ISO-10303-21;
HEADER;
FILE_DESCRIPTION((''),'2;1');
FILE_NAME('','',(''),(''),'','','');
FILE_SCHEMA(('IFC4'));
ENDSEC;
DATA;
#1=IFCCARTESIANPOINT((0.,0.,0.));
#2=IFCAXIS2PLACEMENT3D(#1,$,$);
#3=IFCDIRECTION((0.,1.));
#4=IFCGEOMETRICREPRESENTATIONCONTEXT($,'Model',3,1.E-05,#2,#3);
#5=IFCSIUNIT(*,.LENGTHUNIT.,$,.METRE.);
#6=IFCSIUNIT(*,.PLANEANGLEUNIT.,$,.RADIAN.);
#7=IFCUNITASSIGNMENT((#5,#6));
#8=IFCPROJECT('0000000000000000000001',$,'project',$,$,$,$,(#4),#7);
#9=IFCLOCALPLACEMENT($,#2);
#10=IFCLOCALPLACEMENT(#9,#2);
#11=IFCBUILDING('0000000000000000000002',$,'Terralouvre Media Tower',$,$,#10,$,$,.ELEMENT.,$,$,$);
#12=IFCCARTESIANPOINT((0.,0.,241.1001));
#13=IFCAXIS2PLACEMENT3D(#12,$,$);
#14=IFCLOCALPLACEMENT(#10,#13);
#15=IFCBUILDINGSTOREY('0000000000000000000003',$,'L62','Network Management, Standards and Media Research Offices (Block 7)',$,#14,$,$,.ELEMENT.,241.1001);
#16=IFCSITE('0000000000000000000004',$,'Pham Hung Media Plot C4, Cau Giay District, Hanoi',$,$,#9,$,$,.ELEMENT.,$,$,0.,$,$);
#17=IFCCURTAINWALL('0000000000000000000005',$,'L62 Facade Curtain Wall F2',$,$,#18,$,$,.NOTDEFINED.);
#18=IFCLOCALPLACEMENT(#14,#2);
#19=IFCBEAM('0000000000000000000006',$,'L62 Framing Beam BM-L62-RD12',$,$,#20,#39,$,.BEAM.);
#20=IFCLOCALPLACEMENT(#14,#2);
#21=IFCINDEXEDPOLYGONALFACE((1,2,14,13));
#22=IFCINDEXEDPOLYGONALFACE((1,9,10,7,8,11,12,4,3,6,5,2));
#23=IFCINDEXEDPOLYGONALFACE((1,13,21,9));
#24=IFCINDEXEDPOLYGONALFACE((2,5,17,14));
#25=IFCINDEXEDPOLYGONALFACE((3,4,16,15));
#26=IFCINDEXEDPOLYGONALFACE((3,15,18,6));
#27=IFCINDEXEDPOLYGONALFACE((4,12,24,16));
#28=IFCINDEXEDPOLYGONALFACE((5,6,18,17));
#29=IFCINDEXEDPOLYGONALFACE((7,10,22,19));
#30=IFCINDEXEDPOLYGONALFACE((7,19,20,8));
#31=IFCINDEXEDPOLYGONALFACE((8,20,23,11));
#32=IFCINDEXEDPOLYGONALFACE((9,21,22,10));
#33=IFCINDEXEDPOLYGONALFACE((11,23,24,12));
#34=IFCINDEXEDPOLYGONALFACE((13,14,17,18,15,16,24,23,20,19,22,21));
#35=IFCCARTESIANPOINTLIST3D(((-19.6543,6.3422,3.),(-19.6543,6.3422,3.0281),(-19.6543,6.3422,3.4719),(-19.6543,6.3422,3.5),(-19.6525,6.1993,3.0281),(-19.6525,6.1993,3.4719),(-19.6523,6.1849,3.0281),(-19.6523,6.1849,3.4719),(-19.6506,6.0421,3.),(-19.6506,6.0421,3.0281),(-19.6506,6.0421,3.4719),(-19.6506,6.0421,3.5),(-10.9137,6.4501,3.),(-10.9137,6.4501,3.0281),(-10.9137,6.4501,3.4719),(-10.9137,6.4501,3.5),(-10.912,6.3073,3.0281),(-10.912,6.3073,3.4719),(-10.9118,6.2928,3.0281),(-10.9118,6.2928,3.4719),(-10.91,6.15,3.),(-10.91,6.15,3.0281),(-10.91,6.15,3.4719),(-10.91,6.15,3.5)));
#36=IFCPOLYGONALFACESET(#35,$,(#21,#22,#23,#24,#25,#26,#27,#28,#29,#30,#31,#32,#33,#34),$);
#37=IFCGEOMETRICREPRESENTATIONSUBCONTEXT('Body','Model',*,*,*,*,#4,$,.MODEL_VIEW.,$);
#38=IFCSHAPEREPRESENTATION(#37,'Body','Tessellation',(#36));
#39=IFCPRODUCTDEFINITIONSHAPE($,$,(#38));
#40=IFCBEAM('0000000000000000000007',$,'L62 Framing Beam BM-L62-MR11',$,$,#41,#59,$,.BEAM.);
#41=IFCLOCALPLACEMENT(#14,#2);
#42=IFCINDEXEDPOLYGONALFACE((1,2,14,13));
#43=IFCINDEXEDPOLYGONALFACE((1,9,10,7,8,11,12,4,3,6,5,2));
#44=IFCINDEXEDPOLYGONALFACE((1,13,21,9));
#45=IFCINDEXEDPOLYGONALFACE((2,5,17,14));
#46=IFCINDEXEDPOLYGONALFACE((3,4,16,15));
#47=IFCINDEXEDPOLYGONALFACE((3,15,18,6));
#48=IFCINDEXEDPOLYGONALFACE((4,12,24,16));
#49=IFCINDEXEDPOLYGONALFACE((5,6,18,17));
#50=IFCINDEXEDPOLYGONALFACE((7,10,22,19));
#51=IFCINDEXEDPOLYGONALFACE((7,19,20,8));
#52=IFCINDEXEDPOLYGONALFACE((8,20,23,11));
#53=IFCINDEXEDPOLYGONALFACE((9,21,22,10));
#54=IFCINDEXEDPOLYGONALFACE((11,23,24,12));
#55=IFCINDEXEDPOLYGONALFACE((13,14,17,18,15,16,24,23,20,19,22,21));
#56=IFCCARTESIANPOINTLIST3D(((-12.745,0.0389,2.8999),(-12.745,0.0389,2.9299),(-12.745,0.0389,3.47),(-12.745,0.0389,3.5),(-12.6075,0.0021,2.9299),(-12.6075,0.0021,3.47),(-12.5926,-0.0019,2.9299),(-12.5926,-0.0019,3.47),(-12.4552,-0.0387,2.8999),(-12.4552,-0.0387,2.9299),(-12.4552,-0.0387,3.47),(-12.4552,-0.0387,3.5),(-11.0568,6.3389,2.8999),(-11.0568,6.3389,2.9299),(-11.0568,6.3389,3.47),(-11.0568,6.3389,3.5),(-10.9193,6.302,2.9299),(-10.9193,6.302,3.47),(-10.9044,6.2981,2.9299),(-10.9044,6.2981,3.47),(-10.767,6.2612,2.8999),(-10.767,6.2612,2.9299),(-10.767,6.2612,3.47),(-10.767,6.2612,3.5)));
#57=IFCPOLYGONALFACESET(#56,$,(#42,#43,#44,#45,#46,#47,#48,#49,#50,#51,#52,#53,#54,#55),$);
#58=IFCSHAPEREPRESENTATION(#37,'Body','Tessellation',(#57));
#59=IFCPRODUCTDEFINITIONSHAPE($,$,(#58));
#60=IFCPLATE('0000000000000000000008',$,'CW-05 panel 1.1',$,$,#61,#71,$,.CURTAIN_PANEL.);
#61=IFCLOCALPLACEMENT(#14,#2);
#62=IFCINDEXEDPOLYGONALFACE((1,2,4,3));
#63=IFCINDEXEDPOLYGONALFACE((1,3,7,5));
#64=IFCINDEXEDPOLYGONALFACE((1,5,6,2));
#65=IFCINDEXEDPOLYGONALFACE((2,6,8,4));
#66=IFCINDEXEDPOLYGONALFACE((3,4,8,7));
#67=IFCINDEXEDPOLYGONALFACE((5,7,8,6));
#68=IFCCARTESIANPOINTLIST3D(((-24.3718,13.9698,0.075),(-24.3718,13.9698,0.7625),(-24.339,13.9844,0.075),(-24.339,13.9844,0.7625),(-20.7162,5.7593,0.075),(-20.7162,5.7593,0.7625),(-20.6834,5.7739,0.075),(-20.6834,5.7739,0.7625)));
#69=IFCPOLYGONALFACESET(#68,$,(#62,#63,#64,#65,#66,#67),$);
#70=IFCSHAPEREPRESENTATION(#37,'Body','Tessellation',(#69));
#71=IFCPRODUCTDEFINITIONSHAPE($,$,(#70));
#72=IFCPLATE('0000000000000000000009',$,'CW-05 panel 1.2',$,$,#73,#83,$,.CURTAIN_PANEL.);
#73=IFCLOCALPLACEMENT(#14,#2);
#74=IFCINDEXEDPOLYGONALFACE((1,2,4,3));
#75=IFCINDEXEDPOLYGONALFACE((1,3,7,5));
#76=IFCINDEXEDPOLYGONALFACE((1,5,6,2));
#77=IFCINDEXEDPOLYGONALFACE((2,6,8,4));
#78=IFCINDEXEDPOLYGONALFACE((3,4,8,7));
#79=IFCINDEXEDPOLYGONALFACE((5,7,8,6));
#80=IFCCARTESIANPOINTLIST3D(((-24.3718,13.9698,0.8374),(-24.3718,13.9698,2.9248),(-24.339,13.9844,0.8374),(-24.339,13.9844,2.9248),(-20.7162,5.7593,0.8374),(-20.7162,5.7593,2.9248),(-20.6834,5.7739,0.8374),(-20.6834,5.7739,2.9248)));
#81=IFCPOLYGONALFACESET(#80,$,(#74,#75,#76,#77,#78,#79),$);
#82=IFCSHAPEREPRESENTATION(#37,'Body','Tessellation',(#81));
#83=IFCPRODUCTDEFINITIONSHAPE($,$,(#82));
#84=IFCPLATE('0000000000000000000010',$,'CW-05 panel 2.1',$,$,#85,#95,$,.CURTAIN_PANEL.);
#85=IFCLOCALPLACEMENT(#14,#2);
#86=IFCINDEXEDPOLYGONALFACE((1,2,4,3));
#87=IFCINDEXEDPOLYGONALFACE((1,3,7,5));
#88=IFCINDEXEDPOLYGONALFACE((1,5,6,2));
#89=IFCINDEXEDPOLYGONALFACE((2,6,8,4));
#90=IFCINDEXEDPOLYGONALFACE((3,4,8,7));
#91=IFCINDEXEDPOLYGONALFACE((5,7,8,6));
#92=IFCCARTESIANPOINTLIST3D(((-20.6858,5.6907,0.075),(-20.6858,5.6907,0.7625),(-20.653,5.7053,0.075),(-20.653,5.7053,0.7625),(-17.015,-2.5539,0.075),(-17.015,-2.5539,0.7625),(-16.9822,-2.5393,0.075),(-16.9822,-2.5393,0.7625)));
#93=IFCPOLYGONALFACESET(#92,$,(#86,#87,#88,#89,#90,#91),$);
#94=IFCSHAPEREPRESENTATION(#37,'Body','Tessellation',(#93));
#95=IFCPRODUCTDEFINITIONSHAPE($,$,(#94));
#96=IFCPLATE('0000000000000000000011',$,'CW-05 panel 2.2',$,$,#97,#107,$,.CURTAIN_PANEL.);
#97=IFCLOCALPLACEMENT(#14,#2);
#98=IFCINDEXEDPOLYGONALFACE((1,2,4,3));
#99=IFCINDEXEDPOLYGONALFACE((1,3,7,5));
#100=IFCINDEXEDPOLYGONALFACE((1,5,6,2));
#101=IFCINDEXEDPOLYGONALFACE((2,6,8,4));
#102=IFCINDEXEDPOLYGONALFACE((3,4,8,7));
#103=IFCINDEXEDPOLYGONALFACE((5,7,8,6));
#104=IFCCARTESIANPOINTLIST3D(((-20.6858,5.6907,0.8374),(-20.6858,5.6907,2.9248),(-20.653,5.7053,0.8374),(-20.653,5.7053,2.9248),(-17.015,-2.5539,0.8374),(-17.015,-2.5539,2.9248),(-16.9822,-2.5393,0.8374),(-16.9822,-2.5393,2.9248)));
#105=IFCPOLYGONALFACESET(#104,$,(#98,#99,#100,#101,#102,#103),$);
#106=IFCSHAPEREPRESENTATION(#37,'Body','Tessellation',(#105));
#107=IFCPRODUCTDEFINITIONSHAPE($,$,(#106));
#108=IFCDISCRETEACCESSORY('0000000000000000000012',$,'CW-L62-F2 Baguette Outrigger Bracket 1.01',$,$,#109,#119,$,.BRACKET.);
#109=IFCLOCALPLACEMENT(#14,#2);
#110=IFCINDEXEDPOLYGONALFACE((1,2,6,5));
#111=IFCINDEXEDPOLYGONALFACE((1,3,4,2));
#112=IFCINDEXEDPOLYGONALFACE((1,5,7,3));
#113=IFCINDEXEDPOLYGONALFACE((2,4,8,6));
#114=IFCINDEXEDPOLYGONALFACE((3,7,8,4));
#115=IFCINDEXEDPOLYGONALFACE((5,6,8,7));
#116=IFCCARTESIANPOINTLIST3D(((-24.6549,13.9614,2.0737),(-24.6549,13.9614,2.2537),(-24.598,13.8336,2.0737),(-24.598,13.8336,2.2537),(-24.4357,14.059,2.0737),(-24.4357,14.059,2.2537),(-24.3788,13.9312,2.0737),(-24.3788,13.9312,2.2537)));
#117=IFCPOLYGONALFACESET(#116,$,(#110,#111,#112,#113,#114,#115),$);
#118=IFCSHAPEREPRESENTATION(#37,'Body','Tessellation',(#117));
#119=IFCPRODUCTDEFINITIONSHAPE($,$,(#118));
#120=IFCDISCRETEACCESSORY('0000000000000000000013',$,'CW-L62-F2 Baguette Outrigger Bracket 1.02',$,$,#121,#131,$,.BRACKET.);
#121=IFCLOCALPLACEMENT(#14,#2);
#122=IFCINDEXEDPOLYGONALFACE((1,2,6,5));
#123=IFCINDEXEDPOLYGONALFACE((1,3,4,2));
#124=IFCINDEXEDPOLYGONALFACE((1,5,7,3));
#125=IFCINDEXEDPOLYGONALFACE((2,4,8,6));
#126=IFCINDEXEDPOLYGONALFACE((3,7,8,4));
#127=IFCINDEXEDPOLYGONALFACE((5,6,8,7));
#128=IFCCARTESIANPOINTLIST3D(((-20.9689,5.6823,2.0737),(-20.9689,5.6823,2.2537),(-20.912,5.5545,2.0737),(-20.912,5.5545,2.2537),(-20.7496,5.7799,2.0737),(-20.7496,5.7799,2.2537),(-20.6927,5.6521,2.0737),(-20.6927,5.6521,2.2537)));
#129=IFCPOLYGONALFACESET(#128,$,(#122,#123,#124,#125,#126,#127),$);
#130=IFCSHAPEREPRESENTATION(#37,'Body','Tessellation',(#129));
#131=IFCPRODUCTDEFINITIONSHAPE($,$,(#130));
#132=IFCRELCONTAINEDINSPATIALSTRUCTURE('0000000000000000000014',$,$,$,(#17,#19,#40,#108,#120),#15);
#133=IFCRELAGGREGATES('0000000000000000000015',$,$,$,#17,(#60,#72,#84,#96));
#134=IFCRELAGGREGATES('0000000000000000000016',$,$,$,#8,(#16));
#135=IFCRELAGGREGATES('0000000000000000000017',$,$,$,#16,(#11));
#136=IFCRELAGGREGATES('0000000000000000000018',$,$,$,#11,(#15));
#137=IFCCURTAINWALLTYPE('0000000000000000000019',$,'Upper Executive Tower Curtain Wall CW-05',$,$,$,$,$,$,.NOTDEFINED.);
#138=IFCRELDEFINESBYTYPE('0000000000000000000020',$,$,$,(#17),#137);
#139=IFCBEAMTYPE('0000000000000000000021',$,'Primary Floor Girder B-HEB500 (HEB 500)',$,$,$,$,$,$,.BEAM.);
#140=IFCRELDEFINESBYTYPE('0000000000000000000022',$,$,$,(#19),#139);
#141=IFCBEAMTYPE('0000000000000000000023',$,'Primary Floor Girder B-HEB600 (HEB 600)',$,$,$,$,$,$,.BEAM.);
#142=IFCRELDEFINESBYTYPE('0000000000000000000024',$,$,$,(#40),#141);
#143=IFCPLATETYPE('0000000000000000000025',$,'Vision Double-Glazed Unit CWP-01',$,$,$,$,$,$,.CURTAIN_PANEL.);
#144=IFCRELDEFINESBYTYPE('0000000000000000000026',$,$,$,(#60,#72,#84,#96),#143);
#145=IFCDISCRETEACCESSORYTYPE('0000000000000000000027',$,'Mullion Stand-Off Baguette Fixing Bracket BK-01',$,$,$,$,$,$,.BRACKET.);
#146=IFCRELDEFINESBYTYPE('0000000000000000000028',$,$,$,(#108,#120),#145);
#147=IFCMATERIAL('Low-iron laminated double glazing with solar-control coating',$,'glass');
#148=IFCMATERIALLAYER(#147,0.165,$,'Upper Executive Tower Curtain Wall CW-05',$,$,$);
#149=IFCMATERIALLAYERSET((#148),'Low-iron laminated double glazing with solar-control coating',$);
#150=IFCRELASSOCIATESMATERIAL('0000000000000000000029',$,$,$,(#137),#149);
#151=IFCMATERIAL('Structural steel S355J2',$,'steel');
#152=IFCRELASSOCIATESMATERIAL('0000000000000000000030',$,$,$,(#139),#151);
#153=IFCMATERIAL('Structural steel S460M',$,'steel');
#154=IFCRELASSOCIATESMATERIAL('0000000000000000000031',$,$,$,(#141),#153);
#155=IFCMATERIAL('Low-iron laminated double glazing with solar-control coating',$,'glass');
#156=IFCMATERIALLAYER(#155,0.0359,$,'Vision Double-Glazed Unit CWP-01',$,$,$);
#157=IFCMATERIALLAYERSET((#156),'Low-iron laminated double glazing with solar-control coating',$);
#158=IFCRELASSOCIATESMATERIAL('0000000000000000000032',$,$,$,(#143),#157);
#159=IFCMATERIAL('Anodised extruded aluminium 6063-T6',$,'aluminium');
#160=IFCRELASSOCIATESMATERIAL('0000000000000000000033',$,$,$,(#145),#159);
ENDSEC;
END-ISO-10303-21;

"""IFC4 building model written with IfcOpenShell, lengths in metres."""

from ifc_helpers import new_model, si_unit, direction, frame, origin, origin_2d, place, context, subcontext, project, spatial, rectangle, i_section, extrude, material, layer, layer_set, material_profile, profile_set, type_object, element, aggregate, save


model = new_model("IFC4")

# Units and contexts
model_context = context("Model", 3, precision=1e-05, world=origin(), true_north=direction((0.0, 1.0)))
body_context = subcontext(model_context, "Body", "Model", "MODEL_VIEW")
ifc_project = project(units=[si_unit("LENGTHUNIT", "METRE"), si_unit("PLANEANGLEUNIT", "RADIAN")], contexts=[model_context])

# Site, building, storey
site_placement = place(None, origin())
site = spatial("IfcSite", under=ifc_project, at=site_placement, Name="Pham Hung Media Plot C4, Cau Giay District, Hanoi", CompositionType="ELEMENT", RefElevation=0.0)
building_placement = place(site_placement, origin())
building = spatial("IfcBuilding", under=site, at=building_placement, Name="Terralouvre Media Tower", CompositionType="ELEMENT")
storey_placement = place(building_placement, frame((0.0, 0.0, 241.1001)))
storey = spatial("IfcBuildingStorey", under=building, at=storey_placement, Name="L62", Description="Network Management, Standards and Media Research Offices (Block 7)", CompositionType="ELEMENT", Elevation=241.1001)

# Curtain wall
ifc_material_1 = material(Name="Low-iron laminated double glazing with solar-control coating", Category="glass")
ifc_layer_1 = layer(ifc_material_1, 0.165, Name="Upper Executive Tower Curtain Wall CW-05")
ifc_layer_set_1 = layer_set([ifc_layer_1], Name="Low-iron laminated double glazing with solar-control coating")
curtain_wall_type_1 = type_object("IfcCurtainWallType", Name="Upper Executive Tower Curtain Wall CW-05", PredefinedType="NOTDEFINED", material=ifc_layer_set_1)
curtain_wall_1_placement = place(storey_placement, origin())
curtain_wall_1 = element("IfcCurtainWall", 1, at=curtain_wall_1_placement, inside=storey, type_object=curtain_wall_type_1, Name="L62 Facade Curtain Wall F2", PredefinedType="NOTDEFINED")

# Beams
ifc_material_2 = material(Name="Structural steel S355J2", Category="steel")
ifc_material_profile_1 = material_profile(ifc_material_2, i_section(OverallWidth=0.3, OverallDepth=0.5, WebThickness=0.0144, FlangeThickness=0.0281, at=origin_2d()), Name="HEB 500")
ifc_profile_set_1 = profile_set([ifc_material_profile_1], Name="Structural steel S355J2")
beam_type_1 = type_object("IfcBeamType", Name="Primary Floor Girder B-HEB500 (HEB 500)", PredefinedType="BEAM", material=ifc_profile_set_1)
beam_1_placement = place(storey_placement, frame((-10.9119, 6.3, 3.25), z_axis=(-0.999924, -0.012345, 0.0), x_axis=(0.012345, -0.999924, 0.0)))
element("IfcBeam", 2, at=beam_1_placement, inside=storey, type_object=beam_type_1, Name="L62 Framing Beam BM-L62-RD12", PredefinedType="BEAM", context=body_context, shape_type="SweptSolid", body=[
    extrude(i_section(OverallWidth=0.3, OverallDepth=0.5, WebThickness=0.0144, FlangeThickness=0.0281, at=origin_2d()), origin(), (0.0, 0.0, 1.0), 8.7412),
])
ifc_material_3 = material(Name="Structural steel S460M", Category="steel")
ifc_material_profile_2 = material_profile(ifc_material_3, i_section(OverallWidth=0.3, OverallDepth=0.6001, WebThickness=0.0154, FlangeThickness=0.03, at=origin_2d()), Name="HEB 600")
ifc_profile_set_2 = profile_set([ifc_material_profile_2], Name="Structural steel S460M")
beam_type_2 = type_object("IfcBeamType", Name="Primary Floor Girder B-HEB600 (HEB 600)", PredefinedType="BEAM", material=ifc_profile_set_2)
beam_2_placement = place(storey_placement, frame((-10.9119, 6.3, 3.2), z_axis=(-0.258839, -0.96592, 0.0), x_axis=(0.96592, -0.258839, 0.0)))
element("IfcBeam", 3, at=beam_2_placement, inside=storey, type_object=beam_type_2, Name="L62 Framing Beam BM-L62-MR11", PredefinedType="BEAM", context=body_context, shape_type="SweptSolid", body=[
    extrude(i_section(OverallWidth=0.3, OverallDepth=0.6001, WebThickness=0.0154, FlangeThickness=0.03, at=origin_2d()), origin(), (0.0, 0.0, 1.0), 6.5222),
])

# Plates
ifc_material_4 = material(Name="Low-iron laminated double glazing with solar-control coating", Category="glass")
ifc_layer_2 = layer(ifc_material_4, 0.0359, Name="Vision Double-Glazed Unit CWP-01")
ifc_layer_set_2 = layer_set([ifc_layer_2], Name="Low-iron laminated double glazing with solar-control coating")
plate_type = type_object("IfcPlateType", Name="Vision Double-Glazed Unit CWP-01", PredefinedType="CURTAIN_PANEL", material=ifc_layer_set_2)
plate_1_placement = place(storey_placement, frame((-22.5276, 9.8718, 0.075), z_axis=(0.0, 0.0, 1.0), x_axis=(0.406737, -0.913545, 0.0)))
plate_1 = element("IfcPlate", 4, at=plate_1_placement, type_object=plate_type, Name="CW-05 panel 1.1", PredefinedType="CURTAIN_PANEL", context=body_context, shape_type="SweptSolid", body=[
    extrude(rectangle(XDim=8.9875, YDim=0.0359, at=origin_2d()), origin(), (0.0, 0.0, 1.0), 0.6875),
])
plate_2_placement = place(storey_placement, frame((-22.5276, 9.8718, 0.8374), z_axis=(0.0, 0.0, 1.0), x_axis=(0.406737, -0.913545, 0.0)))
plate_2 = element("IfcPlate", 5, at=plate_2_placement, type_object=plate_type, Name="CW-05 panel 1.2", PredefinedType="CURTAIN_PANEL", context=body_context, shape_type="SweptSolid", body=[
    extrude(rectangle(XDim=8.9875, YDim=0.0359, at=origin_2d()), origin(), (0.0, 0.0, 1.0), 2.0874),
])
plate_3_placement = place(storey_placement, frame((-18.834, 1.5757, 0.075), z_axis=(0.0, 0.0, 1.0), x_axis=(0.406737, -0.913545, 0.0)))
plate_3 = element("IfcPlate", 6, at=plate_3_placement, type_object=plate_type, Name="CW-05 panel 2.1", PredefinedType="CURTAIN_PANEL", context=body_context, shape_type="SweptSolid", body=[
    extrude(rectangle(XDim=9.0249, YDim=0.0359, at=origin_2d()), origin(), (0.0, 0.0, 1.0), 0.6875),
])
plate_4_placement = place(storey_placement, frame((-18.834, 1.5757, 0.8374), z_axis=(0.0, 0.0, 1.0), x_axis=(0.406737, -0.913545, 0.0)))
plate_4 = element("IfcPlate", 7, at=plate_4_placement, type_object=plate_type, Name="CW-05 panel 2.2", PredefinedType="CURTAIN_PANEL", context=body_context, shape_type="SweptSolid", body=[
    extrude(rectangle(XDim=9.0249, YDim=0.0359, at=origin_2d()), origin(), (0.0, 0.0, 1.0), 2.0874),
])
aggregate(curtain_wall_1, [plate_1, plate_2, plate_3, plate_4])

# Discrete accessories
ifc_material_5 = material(Name="Anodised extruded aluminium 6063-T6", Category="aluminium")
discrete_accessory_type = type_object("IfcDiscreteAccessoryType", Name="Mullion Stand-Off Baguette Fixing Bracket BK-01", PredefinedType="BRACKET", material=ifc_material_5)
for number, where, z_axis, x_axis, name in (
    (8, (-24.5168, 13.9463, 2.0737), (0.0, 0.0, 1.0), (0.406737, -0.913545, 0.0), "CW-L62-F2 Baguette Outrigger Bracket 1.01"),
    (9, (-20.8308, 5.6672, 2.0737), (0.0, 0.0, 1.0), (0.406737, -0.913545, 0.0), "CW-L62-F2 Baguette Outrigger Bracket 1.02"),
):
    element("IfcDiscreteAccessory", number, at=place(storey_placement, frame(where, z_axis=z_axis, x_axis=x_axis)), inside=storey, type_object=discrete_accessory_type, Name=name, PredefinedType="BRACKET", context=body_context, shape_type="SweptSolid", body=[
        extrude(rectangle(XDim=0.1399, YDim=0.24, at=origin_2d()), origin(), (0.0, 0.0, 1.0), 0.1799),
    ])

save(model, "model.ifc")
